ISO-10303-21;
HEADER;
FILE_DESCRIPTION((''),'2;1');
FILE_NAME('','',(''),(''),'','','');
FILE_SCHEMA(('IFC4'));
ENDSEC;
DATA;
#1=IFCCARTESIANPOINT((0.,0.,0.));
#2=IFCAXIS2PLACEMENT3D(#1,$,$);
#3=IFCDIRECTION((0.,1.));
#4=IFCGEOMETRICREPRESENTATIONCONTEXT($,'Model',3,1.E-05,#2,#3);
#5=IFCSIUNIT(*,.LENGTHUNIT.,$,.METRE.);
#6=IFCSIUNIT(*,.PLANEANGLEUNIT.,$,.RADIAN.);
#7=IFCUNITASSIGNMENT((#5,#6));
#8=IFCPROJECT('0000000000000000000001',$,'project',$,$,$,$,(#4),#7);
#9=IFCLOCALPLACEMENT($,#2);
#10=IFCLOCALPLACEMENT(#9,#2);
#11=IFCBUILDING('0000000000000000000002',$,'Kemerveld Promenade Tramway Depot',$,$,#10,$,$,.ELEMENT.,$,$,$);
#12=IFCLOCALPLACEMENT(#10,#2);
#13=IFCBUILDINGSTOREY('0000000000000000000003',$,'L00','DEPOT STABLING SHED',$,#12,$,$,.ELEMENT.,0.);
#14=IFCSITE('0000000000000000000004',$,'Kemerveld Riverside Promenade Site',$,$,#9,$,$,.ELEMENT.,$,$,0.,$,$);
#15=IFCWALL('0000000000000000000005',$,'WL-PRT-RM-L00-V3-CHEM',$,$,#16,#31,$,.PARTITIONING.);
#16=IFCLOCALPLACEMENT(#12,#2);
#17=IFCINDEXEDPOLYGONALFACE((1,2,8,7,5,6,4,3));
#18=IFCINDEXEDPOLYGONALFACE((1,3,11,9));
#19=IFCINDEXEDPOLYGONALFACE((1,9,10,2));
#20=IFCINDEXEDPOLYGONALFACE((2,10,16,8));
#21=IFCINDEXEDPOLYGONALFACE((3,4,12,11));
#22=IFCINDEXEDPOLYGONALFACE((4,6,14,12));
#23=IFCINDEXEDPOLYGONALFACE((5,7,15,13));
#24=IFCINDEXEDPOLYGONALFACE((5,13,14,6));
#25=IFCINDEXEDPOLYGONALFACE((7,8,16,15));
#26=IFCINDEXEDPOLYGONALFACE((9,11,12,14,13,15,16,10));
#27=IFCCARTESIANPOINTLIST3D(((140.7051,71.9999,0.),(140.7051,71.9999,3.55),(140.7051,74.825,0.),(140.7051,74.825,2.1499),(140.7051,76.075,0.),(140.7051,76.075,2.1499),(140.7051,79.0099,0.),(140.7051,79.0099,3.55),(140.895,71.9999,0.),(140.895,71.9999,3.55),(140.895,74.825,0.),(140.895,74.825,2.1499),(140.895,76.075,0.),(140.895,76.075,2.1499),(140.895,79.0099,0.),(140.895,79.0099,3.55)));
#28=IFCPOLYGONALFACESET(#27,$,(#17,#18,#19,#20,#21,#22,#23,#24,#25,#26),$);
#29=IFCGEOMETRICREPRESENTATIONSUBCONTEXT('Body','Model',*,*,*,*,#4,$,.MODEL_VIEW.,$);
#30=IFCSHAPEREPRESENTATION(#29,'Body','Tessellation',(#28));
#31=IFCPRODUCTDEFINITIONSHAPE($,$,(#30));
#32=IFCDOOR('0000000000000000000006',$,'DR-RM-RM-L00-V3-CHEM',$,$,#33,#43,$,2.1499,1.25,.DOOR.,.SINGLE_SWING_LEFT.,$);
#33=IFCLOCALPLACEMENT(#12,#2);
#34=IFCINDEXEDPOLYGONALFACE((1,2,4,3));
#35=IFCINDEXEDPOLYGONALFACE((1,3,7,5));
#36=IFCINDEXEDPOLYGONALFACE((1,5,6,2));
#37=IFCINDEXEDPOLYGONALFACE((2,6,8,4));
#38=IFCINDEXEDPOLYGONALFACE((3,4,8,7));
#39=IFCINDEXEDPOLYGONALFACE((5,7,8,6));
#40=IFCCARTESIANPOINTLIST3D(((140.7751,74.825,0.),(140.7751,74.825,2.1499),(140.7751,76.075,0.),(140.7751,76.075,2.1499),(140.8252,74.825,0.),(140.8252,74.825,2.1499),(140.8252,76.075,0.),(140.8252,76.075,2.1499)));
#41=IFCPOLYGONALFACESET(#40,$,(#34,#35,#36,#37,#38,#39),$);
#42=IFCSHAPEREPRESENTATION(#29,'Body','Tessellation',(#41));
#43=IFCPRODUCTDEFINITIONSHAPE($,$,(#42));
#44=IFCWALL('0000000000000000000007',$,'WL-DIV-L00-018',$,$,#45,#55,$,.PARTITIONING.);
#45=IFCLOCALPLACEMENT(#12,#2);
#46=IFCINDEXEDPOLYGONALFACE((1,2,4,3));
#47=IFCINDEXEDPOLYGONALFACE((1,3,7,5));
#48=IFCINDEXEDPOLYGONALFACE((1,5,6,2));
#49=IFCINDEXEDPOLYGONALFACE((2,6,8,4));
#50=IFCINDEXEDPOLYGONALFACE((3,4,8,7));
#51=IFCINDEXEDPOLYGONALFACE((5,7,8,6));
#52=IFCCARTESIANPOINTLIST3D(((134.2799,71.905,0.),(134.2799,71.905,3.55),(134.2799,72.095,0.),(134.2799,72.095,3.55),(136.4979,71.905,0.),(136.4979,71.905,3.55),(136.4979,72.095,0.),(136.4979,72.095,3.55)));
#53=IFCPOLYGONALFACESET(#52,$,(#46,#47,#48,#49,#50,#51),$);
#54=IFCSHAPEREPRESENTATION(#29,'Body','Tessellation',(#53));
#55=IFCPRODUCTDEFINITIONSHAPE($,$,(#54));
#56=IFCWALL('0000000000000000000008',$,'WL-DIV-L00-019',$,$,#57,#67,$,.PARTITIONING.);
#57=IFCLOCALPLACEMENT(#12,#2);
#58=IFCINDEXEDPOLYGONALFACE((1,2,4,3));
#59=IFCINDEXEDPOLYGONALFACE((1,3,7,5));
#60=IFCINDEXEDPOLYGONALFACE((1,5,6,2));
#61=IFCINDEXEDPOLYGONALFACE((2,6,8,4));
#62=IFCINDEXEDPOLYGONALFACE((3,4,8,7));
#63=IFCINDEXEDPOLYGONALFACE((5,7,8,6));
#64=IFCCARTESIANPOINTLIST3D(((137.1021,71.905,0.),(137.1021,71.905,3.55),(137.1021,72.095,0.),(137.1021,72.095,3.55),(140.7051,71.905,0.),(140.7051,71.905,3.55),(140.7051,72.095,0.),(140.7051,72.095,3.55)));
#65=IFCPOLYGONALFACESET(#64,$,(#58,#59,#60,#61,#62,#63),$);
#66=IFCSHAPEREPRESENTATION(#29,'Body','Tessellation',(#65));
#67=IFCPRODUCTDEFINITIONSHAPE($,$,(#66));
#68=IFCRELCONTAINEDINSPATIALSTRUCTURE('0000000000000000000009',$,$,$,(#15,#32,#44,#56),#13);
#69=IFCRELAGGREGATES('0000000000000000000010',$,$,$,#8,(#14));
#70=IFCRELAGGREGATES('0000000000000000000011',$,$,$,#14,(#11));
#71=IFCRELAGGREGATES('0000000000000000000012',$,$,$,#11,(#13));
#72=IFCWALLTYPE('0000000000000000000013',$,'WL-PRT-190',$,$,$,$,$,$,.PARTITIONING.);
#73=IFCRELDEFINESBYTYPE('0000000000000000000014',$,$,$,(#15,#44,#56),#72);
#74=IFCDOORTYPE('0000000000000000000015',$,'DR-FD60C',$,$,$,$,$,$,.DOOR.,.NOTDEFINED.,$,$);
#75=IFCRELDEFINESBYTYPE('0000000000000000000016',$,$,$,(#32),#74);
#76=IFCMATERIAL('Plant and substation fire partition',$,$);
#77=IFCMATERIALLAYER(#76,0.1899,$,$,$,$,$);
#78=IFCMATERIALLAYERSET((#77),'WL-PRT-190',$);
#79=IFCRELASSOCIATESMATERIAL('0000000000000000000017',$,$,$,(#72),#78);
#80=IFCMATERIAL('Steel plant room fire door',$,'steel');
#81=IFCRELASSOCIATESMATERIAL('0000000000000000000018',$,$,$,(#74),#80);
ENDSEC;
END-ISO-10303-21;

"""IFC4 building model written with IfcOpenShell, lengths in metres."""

from ifc_helpers import new_model, si_unit, direction, frame, frame_2d, origin, place, context, subcontext, project, spatial, rectangle, extrude, material, layer, layer_set, type_object, element, fill, save


model = new_model("IFC4")

# Units and contexts
model_context = context("Model", 3, precision=1e-05, world=origin(), true_north=direction((0.0, 1.0)))
body_context = subcontext(model_context, "Body", "Model", "MODEL_VIEW")
ifc_project = project(units=[si_unit("LENGTHUNIT", "METRE"), si_unit("PLANEANGLEUNIT", "RADIAN")], contexts=[model_context])

# Site, building, storey
site_placement = place(None, origin())
site = spatial("IfcSite", under=ifc_project, at=site_placement, Name="Kemerveld Riverside Promenade Site", CompositionType="ELEMENT", RefElevation=0.0)
building_placement = place(site_placement, origin())
building = spatial("IfcBuilding", under=site, at=building_placement, Name="Kemerveld Promenade Tramway Depot", CompositionType="ELEMENT")
storey_placement = place(building_placement, origin())
storey = spatial("IfcBuildingStorey", under=building, at=storey_placement, Name="L00", Description="DEPOT STABLING SHED", CompositionType="ELEMENT", Elevation=0.0)

# Wall, opening, door
ifc_material_1 = material(Name="Plant and substation fire partition")
ifc_layer_1 = layer(ifc_material_1, 0.1899)
ifc_layer_set_1 = layer_set([ifc_layer_1], Name="WL-PRT-190")
wall_type_1 = type_object("IfcWallType", Name="WL-PRT-190", PredefinedType="PARTITIONING", material=ifc_layer_set_1)
wall_1_placement = place(storey_placement, frame((140.8, 72.0, 0.0), z_axis=(0.0, 0.0, 1.0), x_axis=(0.0, 1.0, 0.0)))
wall_1 = element("IfcWall", 1, at=wall_1_placement, inside=storey, type_object=wall_type_1, Name="WL-PRT-RM-L00-V3-CHEM", PredefinedType="PARTITIONING", context=body_context, shape_type="SweptSolid", body=[
    extrude(rectangle(XDim=7.01, YDim=0.1899, at=frame_2d((3.5049, 0.0))), origin(), (0.0, 0.0, 1.0), 3.55),
])
opening_1_placement = place(wall_1_placement, frame((2.825, 0.0, 0.0)))
opening_1 = element("IfcOpeningElement", 2, at=opening_1_placement, cuts=wall_1, PredefinedType="OPENING", context=body_context, shape_type="SweptSolid", body=[
    extrude(rectangle(XDim=1.25, YDim=2.1499, at=frame_2d((0.625, 1.075))), frame((0.0, 0.105, 0.0), z_axis=(0.0, -1.0, 0.0), x_axis=(1.0, 0.0, 0.0)), (0.0, 0.0, 1.0), 0.21),
])
ifc_material_2 = material(Name="Steel plant room fire door", Category="steel")
door_type_1 = type_object("IfcDoorType", Name="DR-FD60C", OperationType="NOTDEFINED", PredefinedType="DOOR", material=ifc_material_2)
door_1_placement = place(opening_1_placement, origin())
door_1 = element("IfcDoor", 3, at=door_1_placement, inside=storey, type_object=door_type_1, Name="DR-RM-RM-L00-V3-CHEM", OperationType="SINGLE_SWING_LEFT", OverallHeight=2.1499, OverallWidth=1.25, PredefinedType="DOOR", context=body_context, shape_type="SweptSolid", body=[
    extrude(rectangle(XDim=1.25, YDim=2.1499, at=frame_2d((0.625, 1.075))), frame((0.0, 0.0249, 0.0), z_axis=(0.0, -1.0, 0.0), x_axis=(1.0, 0.0, 0.0)), (0.0, 0.0, 1.0), 0.05),
])
fill(opening_1, door_1)

# Walls
wall_2_placement = place(storey_placement, frame((134.28, 72.0, 0.0), z_axis=(0.0, 0.0, 1.0), x_axis=(1.0, 0.0, 0.0)))
element("IfcWall", 4, at=wall_2_placement, inside=storey, type_object=wall_type_1, Name="WL-DIV-L00-018", PredefinedType="PARTITIONING", context=body_context, shape_type="SweptSolid", body=[
    extrude(rectangle(XDim=2.218, YDim=0.1899, at=frame_2d((1.1089, 0.0))), origin(), (0.0, 0.0, 1.0), 3.55),
])
wall_3_placement = place(storey_placement, frame((137.1021, 72.0, 0.0), z_axis=(0.0, 0.0, 1.0), x_axis=(1.0, 0.0, 0.0)))
element("IfcWall", 5, at=wall_3_placement, inside=storey, type_object=wall_type_1, Name="WL-DIV-L00-019", PredefinedType="PARTITIONING", context=body_context, shape_type="SweptSolid", body=[
    extrude(rectangle(XDim=3.603, YDim=0.1899, at=frame_2d((1.8015, 0.0))), origin(), (0.0, 0.0, 1.0), 3.55),
])

save(model, "model.ifc")
